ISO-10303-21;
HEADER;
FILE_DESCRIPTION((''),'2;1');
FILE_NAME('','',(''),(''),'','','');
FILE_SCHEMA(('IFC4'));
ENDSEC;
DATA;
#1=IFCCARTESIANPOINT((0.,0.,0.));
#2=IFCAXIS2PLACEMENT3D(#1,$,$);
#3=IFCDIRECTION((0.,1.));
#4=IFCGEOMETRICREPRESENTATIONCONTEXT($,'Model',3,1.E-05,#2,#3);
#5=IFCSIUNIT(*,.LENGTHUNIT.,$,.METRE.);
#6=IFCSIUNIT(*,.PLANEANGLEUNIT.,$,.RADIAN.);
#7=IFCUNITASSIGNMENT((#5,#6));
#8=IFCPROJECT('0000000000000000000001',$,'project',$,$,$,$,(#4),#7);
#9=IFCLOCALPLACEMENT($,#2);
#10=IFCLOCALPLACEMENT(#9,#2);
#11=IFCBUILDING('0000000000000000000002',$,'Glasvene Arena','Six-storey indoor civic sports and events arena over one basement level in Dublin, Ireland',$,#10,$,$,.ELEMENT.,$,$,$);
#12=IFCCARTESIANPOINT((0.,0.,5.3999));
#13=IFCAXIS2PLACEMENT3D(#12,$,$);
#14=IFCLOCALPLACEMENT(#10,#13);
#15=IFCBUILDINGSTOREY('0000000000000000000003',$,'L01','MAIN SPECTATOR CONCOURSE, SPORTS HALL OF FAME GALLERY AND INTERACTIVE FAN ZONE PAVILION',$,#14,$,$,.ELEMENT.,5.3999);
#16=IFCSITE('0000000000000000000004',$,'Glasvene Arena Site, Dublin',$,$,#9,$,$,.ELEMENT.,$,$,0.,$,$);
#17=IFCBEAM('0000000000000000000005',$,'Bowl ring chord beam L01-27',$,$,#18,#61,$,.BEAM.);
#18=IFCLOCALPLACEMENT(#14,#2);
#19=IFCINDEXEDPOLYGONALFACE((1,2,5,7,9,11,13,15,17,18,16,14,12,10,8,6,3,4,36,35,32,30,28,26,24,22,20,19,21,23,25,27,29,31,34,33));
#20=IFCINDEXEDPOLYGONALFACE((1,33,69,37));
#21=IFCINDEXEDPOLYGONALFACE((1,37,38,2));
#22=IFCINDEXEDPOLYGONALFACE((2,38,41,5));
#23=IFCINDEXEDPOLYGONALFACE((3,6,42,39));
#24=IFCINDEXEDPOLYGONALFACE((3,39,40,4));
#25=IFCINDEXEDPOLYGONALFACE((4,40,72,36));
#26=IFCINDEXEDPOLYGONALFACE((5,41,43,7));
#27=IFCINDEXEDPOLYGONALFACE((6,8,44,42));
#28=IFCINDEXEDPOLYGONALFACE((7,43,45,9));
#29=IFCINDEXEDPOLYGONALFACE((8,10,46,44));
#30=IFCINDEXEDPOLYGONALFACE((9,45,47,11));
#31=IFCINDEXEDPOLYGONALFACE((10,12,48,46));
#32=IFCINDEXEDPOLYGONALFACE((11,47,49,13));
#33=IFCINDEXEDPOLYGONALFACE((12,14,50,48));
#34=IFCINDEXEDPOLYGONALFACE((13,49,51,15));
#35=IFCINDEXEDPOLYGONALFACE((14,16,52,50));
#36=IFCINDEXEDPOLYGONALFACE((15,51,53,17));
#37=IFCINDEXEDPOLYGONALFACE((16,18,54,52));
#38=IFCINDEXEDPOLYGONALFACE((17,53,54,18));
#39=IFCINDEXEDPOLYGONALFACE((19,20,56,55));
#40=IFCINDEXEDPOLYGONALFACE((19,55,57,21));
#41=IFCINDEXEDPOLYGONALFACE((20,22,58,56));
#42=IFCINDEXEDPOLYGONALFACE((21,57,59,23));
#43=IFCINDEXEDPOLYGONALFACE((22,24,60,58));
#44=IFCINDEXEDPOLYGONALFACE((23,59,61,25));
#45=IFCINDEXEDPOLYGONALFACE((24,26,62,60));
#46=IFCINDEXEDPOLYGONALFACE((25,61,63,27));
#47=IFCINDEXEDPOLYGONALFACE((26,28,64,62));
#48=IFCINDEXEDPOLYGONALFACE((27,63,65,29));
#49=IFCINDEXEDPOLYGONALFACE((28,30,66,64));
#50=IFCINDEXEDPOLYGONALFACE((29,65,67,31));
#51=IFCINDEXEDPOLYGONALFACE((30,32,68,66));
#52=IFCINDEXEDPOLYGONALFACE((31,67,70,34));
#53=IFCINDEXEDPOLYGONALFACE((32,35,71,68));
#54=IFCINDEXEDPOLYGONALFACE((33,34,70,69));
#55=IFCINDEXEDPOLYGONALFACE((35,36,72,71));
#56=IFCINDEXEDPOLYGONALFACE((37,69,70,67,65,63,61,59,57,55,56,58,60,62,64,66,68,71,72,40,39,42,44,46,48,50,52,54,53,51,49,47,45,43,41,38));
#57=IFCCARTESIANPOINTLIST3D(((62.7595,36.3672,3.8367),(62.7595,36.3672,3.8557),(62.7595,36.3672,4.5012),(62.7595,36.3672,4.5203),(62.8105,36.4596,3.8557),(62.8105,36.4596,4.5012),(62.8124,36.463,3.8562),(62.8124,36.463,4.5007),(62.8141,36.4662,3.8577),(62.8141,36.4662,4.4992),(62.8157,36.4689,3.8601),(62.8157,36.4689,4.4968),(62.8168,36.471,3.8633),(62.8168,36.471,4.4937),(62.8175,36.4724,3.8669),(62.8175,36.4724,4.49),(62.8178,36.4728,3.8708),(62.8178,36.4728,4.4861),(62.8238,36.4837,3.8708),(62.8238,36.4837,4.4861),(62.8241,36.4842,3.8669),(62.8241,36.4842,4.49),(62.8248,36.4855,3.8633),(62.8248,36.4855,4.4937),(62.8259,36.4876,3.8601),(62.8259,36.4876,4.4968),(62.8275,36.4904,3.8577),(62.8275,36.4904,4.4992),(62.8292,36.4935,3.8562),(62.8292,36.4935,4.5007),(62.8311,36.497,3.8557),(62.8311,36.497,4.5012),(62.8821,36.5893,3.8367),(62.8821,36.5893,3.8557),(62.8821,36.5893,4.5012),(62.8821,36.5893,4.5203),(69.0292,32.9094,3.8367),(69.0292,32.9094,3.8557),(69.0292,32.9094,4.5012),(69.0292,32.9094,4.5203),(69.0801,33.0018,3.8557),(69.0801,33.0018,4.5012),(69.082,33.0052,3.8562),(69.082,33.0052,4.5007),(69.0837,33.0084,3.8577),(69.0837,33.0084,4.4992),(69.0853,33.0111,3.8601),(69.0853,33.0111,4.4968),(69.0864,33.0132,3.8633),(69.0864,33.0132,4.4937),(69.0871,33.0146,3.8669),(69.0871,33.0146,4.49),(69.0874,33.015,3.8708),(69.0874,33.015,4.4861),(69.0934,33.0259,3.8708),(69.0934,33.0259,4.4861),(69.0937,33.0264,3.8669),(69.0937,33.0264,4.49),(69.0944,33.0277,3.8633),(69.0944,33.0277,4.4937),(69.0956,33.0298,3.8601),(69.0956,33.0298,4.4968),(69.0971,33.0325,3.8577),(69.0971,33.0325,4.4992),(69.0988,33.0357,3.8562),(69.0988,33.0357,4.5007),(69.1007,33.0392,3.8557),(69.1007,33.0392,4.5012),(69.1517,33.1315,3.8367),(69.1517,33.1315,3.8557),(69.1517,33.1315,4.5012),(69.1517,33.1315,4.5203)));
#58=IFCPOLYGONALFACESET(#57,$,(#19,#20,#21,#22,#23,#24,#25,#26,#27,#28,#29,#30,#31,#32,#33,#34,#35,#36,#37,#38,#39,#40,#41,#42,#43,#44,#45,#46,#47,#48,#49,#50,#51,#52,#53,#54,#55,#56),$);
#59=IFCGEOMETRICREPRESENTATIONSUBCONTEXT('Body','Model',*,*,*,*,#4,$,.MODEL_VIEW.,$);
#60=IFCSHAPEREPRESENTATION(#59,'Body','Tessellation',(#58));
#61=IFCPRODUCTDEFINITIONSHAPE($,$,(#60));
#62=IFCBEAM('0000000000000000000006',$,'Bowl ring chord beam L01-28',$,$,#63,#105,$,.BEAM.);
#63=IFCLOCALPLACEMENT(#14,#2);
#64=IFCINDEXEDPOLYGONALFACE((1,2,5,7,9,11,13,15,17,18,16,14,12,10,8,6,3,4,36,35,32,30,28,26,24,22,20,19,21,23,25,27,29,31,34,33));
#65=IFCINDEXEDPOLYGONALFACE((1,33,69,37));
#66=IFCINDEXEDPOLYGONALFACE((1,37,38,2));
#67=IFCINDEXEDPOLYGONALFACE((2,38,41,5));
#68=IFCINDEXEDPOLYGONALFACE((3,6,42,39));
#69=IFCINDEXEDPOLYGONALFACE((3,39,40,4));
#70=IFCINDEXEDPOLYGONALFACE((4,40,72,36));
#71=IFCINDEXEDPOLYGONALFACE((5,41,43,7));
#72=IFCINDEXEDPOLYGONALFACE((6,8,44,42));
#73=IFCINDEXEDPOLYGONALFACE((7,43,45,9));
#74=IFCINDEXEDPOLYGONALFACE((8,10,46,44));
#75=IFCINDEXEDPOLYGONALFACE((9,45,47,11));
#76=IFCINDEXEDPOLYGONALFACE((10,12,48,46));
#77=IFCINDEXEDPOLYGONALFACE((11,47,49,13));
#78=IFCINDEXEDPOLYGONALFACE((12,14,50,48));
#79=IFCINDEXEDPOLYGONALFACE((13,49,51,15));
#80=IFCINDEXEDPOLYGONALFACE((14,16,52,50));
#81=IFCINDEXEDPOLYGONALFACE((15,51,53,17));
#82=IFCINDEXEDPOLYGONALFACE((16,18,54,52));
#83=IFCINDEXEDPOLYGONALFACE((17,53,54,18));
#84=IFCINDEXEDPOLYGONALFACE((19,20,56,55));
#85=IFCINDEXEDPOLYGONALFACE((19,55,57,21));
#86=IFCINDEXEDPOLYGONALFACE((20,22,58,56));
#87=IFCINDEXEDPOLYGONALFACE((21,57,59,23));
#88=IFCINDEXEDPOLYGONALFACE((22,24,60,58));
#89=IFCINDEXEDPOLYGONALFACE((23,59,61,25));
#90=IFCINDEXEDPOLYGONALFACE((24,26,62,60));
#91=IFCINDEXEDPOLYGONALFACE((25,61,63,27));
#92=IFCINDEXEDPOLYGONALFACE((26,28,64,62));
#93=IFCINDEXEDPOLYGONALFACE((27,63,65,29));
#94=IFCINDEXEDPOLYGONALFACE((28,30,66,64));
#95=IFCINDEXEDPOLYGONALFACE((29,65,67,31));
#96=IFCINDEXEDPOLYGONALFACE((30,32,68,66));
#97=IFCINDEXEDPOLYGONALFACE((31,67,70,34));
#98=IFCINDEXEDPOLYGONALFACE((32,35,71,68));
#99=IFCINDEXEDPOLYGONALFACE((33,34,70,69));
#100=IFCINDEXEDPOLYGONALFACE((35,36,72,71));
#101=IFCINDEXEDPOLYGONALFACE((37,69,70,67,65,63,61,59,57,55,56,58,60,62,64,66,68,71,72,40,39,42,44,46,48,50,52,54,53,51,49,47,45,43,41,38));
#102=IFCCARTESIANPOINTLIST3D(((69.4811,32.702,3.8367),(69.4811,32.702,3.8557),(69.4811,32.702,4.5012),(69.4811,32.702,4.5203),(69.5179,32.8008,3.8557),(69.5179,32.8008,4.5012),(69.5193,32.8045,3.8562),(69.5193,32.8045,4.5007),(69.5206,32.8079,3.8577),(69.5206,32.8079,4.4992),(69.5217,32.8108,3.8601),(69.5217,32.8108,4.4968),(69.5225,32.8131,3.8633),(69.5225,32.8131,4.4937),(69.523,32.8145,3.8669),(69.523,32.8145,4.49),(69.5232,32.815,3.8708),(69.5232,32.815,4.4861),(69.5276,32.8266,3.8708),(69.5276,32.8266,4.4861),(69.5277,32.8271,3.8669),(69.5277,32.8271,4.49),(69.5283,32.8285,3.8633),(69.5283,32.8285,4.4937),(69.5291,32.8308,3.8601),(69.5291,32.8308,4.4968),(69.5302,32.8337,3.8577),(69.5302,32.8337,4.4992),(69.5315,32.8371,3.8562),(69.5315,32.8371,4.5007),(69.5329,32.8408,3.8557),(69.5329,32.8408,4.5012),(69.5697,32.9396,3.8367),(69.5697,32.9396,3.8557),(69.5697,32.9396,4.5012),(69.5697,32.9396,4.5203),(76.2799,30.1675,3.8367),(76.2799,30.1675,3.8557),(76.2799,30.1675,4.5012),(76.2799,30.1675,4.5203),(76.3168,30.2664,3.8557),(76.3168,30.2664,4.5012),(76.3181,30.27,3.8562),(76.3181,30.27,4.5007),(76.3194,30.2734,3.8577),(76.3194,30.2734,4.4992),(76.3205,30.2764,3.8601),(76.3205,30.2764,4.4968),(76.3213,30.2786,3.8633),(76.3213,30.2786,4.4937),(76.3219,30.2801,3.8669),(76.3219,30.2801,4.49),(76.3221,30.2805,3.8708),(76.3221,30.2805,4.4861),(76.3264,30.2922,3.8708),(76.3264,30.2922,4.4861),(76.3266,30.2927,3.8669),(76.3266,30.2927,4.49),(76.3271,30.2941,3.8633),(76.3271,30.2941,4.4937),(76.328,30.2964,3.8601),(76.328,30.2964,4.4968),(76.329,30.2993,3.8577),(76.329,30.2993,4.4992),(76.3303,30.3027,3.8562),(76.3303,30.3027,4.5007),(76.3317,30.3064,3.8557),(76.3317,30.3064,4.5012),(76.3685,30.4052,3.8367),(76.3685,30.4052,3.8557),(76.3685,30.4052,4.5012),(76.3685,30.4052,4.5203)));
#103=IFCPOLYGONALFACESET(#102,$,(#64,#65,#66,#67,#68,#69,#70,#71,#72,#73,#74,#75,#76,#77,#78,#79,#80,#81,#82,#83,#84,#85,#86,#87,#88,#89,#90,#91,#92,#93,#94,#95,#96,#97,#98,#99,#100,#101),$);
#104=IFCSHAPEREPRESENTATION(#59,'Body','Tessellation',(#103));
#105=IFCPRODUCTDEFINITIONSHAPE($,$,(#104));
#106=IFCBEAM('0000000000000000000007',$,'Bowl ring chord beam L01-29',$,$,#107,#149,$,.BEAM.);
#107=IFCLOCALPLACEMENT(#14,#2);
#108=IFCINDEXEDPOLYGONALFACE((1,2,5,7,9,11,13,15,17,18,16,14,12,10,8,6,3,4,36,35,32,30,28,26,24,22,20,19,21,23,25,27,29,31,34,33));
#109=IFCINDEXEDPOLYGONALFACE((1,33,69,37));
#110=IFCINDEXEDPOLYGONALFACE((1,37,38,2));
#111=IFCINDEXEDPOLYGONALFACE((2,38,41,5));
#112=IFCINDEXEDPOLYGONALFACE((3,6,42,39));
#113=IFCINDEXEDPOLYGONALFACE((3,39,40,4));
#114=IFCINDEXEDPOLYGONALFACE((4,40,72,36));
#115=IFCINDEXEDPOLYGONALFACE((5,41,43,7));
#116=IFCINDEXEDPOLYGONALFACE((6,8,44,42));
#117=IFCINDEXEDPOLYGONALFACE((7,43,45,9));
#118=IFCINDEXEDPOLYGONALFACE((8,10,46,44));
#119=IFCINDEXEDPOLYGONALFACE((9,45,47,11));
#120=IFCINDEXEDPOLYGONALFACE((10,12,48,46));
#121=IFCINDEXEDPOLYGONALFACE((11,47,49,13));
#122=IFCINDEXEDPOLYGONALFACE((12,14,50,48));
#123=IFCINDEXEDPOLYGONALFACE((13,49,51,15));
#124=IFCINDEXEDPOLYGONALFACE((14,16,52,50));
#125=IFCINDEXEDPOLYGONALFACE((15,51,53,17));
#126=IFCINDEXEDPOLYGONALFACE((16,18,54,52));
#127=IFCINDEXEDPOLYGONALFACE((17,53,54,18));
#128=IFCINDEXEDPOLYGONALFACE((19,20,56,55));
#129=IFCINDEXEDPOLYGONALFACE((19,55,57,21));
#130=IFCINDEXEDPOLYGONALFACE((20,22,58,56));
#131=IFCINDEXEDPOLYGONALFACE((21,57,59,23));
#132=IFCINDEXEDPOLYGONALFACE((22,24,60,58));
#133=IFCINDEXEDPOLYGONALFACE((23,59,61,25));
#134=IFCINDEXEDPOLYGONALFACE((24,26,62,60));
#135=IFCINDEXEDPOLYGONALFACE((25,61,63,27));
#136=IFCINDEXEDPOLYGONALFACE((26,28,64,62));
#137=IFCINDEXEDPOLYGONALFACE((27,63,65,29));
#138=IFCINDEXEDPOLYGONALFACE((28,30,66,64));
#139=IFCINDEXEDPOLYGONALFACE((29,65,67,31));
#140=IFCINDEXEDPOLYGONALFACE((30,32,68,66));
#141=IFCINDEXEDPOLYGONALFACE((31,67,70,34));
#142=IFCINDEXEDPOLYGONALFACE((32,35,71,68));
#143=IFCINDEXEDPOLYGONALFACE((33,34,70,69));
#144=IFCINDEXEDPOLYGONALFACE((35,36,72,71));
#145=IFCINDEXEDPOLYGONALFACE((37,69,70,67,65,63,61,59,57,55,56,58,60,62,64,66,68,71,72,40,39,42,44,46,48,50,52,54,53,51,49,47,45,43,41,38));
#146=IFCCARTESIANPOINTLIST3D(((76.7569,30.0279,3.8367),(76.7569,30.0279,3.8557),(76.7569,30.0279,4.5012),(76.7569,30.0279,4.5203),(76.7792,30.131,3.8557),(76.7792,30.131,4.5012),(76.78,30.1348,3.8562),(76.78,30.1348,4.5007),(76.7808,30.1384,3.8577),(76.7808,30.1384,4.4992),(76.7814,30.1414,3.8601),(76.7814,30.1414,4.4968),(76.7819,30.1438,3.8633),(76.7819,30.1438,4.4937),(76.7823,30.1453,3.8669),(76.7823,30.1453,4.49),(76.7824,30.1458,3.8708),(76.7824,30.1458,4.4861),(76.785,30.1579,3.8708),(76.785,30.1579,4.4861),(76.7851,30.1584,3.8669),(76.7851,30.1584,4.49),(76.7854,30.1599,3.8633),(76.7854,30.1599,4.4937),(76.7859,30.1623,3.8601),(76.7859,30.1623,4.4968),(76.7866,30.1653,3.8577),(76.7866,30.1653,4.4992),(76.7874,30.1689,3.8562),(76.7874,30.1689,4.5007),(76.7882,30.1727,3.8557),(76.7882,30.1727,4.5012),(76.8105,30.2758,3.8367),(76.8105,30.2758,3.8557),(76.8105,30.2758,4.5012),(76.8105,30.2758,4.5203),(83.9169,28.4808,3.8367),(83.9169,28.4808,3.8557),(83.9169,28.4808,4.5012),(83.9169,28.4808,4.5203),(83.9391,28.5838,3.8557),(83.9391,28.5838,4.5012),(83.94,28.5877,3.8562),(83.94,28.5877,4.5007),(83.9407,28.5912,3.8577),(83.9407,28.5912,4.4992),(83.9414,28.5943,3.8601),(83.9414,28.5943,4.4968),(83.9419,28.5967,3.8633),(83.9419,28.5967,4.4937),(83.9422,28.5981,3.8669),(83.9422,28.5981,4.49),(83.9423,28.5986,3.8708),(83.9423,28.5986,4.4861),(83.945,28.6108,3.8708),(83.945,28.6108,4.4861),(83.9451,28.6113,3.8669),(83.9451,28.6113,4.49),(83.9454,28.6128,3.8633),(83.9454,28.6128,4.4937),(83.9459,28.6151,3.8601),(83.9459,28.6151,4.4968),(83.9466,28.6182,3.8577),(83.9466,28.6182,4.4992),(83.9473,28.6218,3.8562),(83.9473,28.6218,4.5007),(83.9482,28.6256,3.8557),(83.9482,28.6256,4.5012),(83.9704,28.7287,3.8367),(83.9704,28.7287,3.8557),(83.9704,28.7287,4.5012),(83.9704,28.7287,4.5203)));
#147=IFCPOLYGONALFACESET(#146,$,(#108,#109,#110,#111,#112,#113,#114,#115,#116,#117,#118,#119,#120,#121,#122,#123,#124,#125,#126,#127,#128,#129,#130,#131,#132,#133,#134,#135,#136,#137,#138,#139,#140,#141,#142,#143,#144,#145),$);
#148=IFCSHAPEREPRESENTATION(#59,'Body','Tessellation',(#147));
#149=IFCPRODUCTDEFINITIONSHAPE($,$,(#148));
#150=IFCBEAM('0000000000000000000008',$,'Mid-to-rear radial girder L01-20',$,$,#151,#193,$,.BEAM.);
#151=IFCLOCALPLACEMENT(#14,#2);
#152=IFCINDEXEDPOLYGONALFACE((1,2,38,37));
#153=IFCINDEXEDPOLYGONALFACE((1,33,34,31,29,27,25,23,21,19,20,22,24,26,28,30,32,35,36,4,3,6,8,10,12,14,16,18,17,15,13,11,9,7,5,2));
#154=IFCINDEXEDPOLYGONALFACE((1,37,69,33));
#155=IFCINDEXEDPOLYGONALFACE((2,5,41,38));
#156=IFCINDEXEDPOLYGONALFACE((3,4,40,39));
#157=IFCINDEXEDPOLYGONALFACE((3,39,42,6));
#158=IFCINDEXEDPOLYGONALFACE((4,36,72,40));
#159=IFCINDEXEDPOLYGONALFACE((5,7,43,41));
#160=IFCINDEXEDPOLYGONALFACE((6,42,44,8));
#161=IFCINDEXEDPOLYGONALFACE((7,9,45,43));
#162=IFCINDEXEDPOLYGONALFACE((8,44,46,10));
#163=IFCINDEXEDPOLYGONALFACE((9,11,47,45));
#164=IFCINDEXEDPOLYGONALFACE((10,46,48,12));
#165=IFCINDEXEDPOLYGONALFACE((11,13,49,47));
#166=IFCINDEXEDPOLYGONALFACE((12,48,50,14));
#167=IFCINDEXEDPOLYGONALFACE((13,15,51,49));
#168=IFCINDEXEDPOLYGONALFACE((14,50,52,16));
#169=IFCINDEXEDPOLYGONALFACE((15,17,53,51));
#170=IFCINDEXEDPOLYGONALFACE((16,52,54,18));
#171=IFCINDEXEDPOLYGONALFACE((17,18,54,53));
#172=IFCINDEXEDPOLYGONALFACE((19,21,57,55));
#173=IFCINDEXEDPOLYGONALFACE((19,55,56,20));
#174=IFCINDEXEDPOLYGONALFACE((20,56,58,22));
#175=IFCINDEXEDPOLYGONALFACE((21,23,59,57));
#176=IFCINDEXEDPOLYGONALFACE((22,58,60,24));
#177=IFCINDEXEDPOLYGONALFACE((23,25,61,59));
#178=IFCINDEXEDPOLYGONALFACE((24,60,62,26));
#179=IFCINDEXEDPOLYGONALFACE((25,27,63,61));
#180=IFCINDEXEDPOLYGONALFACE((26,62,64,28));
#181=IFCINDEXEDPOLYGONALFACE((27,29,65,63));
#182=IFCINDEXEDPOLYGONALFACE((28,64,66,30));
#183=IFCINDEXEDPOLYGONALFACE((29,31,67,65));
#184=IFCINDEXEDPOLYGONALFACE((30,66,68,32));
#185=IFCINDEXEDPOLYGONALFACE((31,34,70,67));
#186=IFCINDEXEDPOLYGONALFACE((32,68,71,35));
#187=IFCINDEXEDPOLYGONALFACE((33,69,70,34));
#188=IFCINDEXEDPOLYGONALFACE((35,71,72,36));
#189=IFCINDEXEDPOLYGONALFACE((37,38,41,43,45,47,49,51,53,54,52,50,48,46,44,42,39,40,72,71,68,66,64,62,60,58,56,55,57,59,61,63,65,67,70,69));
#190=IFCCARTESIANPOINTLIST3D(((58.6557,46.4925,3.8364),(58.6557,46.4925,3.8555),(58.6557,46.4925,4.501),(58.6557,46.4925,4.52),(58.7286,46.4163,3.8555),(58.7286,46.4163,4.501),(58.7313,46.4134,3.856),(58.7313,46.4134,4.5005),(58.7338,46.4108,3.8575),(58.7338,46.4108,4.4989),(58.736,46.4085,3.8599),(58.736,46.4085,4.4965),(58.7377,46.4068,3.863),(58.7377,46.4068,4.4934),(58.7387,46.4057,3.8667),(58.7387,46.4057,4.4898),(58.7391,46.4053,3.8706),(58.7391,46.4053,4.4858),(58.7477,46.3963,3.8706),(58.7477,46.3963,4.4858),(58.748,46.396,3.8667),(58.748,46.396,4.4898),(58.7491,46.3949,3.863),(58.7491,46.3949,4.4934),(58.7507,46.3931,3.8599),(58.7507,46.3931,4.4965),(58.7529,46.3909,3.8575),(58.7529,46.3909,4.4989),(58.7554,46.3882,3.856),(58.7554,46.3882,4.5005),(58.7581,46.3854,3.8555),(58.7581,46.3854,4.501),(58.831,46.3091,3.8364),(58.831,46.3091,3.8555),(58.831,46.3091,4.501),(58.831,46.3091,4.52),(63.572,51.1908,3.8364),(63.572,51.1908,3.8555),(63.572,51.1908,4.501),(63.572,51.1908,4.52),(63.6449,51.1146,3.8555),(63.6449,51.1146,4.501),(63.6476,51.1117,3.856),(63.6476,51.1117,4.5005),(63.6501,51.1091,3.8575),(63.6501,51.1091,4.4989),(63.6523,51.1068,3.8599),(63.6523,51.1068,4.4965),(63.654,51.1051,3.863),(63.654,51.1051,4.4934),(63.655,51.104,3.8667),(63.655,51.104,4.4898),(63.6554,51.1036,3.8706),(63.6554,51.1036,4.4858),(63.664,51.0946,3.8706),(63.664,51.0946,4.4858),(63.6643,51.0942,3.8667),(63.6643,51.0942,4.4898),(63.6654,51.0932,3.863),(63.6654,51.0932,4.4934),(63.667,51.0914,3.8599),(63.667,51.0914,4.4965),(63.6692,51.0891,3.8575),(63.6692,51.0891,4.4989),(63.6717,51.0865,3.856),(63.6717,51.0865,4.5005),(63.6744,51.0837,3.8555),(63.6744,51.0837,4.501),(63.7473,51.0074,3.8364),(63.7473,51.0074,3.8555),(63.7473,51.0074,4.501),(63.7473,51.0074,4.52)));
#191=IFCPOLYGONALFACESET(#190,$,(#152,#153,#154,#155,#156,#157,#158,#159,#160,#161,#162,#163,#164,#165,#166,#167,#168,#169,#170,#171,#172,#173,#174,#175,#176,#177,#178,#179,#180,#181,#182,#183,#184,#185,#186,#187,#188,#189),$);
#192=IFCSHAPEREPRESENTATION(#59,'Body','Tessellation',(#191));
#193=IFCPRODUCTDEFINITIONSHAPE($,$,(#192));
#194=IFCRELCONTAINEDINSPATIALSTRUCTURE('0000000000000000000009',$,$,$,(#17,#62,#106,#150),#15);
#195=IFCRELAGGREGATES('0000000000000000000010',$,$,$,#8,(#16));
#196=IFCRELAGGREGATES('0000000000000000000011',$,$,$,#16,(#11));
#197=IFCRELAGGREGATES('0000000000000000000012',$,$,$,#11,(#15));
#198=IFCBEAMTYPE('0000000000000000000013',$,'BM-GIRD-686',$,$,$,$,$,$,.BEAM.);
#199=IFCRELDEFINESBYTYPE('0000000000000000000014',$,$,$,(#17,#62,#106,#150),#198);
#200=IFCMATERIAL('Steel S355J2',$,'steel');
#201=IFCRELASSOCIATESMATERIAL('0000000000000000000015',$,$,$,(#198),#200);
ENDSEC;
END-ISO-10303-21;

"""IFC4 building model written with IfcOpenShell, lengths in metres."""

from ifc_helpers import new_model, si_unit, direction, frame, origin, origin_2d, place, context, subcontext, project, spatial, i_section, extrude, material, material_profile, profile_set, type_object, element, save


model = new_model("IFC4")

# Units and contexts
model_context = context("Model", 3, precision=1e-05, world=origin(), true_north=direction((0.0, 1.0)))
body_context = subcontext(model_context, "Body", "Model", "MODEL_VIEW")
ifc_project = project(units=[si_unit("LENGTHUNIT", "METRE"), si_unit("PLANEANGLEUNIT", "RADIAN")], contexts=[model_context])

# Site, building, storey
site_placement = place(None, origin())
site = spatial("IfcSite", under=ifc_project, at=site_placement, Name="Glasvene Arena Site, Dublin", CompositionType="ELEMENT", RefElevation=0.0)
building_placement = place(site_placement, origin())
building = spatial("IfcBuilding", under=site, at=building_placement, Name="Glasvene Arena", Description="Six-storey indoor civic sports and events arena over one basement level in Dublin, Ireland", CompositionType="ELEMENT")
storey_placement = place(building_placement, frame((0.0, 0.0, 5.3999)))
storey = spatial("IfcBuildingStorey", under=building, at=storey_placement, Name="L01", Description="MAIN SPECTATOR CONCOURSE, SPORTS HALL OF FAME GALLERY AND INTERACTIVE FAN ZONE PAVILION", CompositionType="ELEMENT", Elevation=5.3999)

# Shared definitions
ifc_material_1 = material(Name="Steel S355J2", Category="steel")

# Beams
ifc_material_profile_1 = material_profile(ifc_material_1, i_section(OverallWidth=0.2537, OverallDepth=0.6836, WebThickness=0.0125, FlangeThickness=0.019, FilletRadius=0.0151, at=origin_2d()), Name="UKB 686x254x140")
ifc_profile_set_1 = profile_set([ifc_material_profile_1], Name="Steel S355J2")
beam_type_1 = type_object("IfcBeamType", Name="BM-GIRD-686", PredefinedType="BEAM", material=ifc_profile_set_1)
beam_1_placement = place(storey_placement, frame((62.8208, 36.4783, 4.1785), z_axis=(0.875654, -0.482939, 0.0), x_axis=(0.482939, 0.875654, 0.0)))
element("IfcBeam", 1, at=beam_1_placement, inside=storey, type_object=beam_type_1, Name="Bowl ring chord beam L01-27", PredefinedType="BEAM", context=body_context, shape_type="SweptSolid", body=[
    extrude(i_section(OverallWidth=0.2537, OverallDepth=0.6836, WebThickness=0.0125, FlangeThickness=0.019, FilletRadius=0.0151, at=origin_2d()), origin(), (0.0, 0.0, 1.0), 7.1599),
])
beam_2_placement = place(storey_placement, frame((69.5254, 32.8208, 4.1785), z_axis=(0.937013, -0.349294, 0.0), x_axis=(0.349294, 0.937013, 0.0)))
element("IfcBeam", 2, at=beam_2_placement, inside=storey, type_object=beam_type_1, Name="Bowl ring chord beam L01-28", PredefinedType="BEAM", context=body_context, shape_type="SweptSolid", body=[
    extrude(i_section(OverallWidth=0.2537, OverallDepth=0.6836, WebThickness=0.0125, FlangeThickness=0.019, FilletRadius=0.0151, at=origin_2d()), origin(), (0.0, 0.0, 1.0), 7.2559),
])
beam_3_placement = place(storey_placement, frame((76.7837, 30.1519, 4.1785), z_axis=(0.977442, -0.211206, 0.0), x_axis=(0.211206, 0.977442, 0.0)))
element("IfcBeam", 3, at=beam_3_placement, inside=storey, type_object=beam_type_1, Name="Bowl ring chord beam L01-29", PredefinedType="BEAM", context=body_context, shape_type="SweptSolid", body=[
    extrude(i_section(OverallWidth=0.2537, OverallDepth=0.6836, WebThickness=0.0125, FlangeThickness=0.019, FilletRadius=0.0151, at=origin_2d()), origin(), (0.0, 0.0, 1.0), 7.3252),
])
beam_4_placement = place(storey_placement, frame((63.6597, 51.0991, 4.1782), z_axis=(-0.722955, -0.690895, 0.0), x_axis=(0.690895, -0.722955, 0.0)))
element("IfcBeam", 4, at=beam_4_placement, inside=storey, type_object=beam_type_1, Name="Mid-to-rear radial girder L01-20", PredefinedType="BEAM", context=body_context, shape_type="SweptSolid", body=[
    extrude(i_section(OverallWidth=0.2537, OverallDepth=0.6836, WebThickness=0.0125, FlangeThickness=0.019, FilletRadius=0.0151, at=origin_2d()), origin(), (0.0, 0.0, 1.0), 6.8003),
])

save(model, "model.ifc")
